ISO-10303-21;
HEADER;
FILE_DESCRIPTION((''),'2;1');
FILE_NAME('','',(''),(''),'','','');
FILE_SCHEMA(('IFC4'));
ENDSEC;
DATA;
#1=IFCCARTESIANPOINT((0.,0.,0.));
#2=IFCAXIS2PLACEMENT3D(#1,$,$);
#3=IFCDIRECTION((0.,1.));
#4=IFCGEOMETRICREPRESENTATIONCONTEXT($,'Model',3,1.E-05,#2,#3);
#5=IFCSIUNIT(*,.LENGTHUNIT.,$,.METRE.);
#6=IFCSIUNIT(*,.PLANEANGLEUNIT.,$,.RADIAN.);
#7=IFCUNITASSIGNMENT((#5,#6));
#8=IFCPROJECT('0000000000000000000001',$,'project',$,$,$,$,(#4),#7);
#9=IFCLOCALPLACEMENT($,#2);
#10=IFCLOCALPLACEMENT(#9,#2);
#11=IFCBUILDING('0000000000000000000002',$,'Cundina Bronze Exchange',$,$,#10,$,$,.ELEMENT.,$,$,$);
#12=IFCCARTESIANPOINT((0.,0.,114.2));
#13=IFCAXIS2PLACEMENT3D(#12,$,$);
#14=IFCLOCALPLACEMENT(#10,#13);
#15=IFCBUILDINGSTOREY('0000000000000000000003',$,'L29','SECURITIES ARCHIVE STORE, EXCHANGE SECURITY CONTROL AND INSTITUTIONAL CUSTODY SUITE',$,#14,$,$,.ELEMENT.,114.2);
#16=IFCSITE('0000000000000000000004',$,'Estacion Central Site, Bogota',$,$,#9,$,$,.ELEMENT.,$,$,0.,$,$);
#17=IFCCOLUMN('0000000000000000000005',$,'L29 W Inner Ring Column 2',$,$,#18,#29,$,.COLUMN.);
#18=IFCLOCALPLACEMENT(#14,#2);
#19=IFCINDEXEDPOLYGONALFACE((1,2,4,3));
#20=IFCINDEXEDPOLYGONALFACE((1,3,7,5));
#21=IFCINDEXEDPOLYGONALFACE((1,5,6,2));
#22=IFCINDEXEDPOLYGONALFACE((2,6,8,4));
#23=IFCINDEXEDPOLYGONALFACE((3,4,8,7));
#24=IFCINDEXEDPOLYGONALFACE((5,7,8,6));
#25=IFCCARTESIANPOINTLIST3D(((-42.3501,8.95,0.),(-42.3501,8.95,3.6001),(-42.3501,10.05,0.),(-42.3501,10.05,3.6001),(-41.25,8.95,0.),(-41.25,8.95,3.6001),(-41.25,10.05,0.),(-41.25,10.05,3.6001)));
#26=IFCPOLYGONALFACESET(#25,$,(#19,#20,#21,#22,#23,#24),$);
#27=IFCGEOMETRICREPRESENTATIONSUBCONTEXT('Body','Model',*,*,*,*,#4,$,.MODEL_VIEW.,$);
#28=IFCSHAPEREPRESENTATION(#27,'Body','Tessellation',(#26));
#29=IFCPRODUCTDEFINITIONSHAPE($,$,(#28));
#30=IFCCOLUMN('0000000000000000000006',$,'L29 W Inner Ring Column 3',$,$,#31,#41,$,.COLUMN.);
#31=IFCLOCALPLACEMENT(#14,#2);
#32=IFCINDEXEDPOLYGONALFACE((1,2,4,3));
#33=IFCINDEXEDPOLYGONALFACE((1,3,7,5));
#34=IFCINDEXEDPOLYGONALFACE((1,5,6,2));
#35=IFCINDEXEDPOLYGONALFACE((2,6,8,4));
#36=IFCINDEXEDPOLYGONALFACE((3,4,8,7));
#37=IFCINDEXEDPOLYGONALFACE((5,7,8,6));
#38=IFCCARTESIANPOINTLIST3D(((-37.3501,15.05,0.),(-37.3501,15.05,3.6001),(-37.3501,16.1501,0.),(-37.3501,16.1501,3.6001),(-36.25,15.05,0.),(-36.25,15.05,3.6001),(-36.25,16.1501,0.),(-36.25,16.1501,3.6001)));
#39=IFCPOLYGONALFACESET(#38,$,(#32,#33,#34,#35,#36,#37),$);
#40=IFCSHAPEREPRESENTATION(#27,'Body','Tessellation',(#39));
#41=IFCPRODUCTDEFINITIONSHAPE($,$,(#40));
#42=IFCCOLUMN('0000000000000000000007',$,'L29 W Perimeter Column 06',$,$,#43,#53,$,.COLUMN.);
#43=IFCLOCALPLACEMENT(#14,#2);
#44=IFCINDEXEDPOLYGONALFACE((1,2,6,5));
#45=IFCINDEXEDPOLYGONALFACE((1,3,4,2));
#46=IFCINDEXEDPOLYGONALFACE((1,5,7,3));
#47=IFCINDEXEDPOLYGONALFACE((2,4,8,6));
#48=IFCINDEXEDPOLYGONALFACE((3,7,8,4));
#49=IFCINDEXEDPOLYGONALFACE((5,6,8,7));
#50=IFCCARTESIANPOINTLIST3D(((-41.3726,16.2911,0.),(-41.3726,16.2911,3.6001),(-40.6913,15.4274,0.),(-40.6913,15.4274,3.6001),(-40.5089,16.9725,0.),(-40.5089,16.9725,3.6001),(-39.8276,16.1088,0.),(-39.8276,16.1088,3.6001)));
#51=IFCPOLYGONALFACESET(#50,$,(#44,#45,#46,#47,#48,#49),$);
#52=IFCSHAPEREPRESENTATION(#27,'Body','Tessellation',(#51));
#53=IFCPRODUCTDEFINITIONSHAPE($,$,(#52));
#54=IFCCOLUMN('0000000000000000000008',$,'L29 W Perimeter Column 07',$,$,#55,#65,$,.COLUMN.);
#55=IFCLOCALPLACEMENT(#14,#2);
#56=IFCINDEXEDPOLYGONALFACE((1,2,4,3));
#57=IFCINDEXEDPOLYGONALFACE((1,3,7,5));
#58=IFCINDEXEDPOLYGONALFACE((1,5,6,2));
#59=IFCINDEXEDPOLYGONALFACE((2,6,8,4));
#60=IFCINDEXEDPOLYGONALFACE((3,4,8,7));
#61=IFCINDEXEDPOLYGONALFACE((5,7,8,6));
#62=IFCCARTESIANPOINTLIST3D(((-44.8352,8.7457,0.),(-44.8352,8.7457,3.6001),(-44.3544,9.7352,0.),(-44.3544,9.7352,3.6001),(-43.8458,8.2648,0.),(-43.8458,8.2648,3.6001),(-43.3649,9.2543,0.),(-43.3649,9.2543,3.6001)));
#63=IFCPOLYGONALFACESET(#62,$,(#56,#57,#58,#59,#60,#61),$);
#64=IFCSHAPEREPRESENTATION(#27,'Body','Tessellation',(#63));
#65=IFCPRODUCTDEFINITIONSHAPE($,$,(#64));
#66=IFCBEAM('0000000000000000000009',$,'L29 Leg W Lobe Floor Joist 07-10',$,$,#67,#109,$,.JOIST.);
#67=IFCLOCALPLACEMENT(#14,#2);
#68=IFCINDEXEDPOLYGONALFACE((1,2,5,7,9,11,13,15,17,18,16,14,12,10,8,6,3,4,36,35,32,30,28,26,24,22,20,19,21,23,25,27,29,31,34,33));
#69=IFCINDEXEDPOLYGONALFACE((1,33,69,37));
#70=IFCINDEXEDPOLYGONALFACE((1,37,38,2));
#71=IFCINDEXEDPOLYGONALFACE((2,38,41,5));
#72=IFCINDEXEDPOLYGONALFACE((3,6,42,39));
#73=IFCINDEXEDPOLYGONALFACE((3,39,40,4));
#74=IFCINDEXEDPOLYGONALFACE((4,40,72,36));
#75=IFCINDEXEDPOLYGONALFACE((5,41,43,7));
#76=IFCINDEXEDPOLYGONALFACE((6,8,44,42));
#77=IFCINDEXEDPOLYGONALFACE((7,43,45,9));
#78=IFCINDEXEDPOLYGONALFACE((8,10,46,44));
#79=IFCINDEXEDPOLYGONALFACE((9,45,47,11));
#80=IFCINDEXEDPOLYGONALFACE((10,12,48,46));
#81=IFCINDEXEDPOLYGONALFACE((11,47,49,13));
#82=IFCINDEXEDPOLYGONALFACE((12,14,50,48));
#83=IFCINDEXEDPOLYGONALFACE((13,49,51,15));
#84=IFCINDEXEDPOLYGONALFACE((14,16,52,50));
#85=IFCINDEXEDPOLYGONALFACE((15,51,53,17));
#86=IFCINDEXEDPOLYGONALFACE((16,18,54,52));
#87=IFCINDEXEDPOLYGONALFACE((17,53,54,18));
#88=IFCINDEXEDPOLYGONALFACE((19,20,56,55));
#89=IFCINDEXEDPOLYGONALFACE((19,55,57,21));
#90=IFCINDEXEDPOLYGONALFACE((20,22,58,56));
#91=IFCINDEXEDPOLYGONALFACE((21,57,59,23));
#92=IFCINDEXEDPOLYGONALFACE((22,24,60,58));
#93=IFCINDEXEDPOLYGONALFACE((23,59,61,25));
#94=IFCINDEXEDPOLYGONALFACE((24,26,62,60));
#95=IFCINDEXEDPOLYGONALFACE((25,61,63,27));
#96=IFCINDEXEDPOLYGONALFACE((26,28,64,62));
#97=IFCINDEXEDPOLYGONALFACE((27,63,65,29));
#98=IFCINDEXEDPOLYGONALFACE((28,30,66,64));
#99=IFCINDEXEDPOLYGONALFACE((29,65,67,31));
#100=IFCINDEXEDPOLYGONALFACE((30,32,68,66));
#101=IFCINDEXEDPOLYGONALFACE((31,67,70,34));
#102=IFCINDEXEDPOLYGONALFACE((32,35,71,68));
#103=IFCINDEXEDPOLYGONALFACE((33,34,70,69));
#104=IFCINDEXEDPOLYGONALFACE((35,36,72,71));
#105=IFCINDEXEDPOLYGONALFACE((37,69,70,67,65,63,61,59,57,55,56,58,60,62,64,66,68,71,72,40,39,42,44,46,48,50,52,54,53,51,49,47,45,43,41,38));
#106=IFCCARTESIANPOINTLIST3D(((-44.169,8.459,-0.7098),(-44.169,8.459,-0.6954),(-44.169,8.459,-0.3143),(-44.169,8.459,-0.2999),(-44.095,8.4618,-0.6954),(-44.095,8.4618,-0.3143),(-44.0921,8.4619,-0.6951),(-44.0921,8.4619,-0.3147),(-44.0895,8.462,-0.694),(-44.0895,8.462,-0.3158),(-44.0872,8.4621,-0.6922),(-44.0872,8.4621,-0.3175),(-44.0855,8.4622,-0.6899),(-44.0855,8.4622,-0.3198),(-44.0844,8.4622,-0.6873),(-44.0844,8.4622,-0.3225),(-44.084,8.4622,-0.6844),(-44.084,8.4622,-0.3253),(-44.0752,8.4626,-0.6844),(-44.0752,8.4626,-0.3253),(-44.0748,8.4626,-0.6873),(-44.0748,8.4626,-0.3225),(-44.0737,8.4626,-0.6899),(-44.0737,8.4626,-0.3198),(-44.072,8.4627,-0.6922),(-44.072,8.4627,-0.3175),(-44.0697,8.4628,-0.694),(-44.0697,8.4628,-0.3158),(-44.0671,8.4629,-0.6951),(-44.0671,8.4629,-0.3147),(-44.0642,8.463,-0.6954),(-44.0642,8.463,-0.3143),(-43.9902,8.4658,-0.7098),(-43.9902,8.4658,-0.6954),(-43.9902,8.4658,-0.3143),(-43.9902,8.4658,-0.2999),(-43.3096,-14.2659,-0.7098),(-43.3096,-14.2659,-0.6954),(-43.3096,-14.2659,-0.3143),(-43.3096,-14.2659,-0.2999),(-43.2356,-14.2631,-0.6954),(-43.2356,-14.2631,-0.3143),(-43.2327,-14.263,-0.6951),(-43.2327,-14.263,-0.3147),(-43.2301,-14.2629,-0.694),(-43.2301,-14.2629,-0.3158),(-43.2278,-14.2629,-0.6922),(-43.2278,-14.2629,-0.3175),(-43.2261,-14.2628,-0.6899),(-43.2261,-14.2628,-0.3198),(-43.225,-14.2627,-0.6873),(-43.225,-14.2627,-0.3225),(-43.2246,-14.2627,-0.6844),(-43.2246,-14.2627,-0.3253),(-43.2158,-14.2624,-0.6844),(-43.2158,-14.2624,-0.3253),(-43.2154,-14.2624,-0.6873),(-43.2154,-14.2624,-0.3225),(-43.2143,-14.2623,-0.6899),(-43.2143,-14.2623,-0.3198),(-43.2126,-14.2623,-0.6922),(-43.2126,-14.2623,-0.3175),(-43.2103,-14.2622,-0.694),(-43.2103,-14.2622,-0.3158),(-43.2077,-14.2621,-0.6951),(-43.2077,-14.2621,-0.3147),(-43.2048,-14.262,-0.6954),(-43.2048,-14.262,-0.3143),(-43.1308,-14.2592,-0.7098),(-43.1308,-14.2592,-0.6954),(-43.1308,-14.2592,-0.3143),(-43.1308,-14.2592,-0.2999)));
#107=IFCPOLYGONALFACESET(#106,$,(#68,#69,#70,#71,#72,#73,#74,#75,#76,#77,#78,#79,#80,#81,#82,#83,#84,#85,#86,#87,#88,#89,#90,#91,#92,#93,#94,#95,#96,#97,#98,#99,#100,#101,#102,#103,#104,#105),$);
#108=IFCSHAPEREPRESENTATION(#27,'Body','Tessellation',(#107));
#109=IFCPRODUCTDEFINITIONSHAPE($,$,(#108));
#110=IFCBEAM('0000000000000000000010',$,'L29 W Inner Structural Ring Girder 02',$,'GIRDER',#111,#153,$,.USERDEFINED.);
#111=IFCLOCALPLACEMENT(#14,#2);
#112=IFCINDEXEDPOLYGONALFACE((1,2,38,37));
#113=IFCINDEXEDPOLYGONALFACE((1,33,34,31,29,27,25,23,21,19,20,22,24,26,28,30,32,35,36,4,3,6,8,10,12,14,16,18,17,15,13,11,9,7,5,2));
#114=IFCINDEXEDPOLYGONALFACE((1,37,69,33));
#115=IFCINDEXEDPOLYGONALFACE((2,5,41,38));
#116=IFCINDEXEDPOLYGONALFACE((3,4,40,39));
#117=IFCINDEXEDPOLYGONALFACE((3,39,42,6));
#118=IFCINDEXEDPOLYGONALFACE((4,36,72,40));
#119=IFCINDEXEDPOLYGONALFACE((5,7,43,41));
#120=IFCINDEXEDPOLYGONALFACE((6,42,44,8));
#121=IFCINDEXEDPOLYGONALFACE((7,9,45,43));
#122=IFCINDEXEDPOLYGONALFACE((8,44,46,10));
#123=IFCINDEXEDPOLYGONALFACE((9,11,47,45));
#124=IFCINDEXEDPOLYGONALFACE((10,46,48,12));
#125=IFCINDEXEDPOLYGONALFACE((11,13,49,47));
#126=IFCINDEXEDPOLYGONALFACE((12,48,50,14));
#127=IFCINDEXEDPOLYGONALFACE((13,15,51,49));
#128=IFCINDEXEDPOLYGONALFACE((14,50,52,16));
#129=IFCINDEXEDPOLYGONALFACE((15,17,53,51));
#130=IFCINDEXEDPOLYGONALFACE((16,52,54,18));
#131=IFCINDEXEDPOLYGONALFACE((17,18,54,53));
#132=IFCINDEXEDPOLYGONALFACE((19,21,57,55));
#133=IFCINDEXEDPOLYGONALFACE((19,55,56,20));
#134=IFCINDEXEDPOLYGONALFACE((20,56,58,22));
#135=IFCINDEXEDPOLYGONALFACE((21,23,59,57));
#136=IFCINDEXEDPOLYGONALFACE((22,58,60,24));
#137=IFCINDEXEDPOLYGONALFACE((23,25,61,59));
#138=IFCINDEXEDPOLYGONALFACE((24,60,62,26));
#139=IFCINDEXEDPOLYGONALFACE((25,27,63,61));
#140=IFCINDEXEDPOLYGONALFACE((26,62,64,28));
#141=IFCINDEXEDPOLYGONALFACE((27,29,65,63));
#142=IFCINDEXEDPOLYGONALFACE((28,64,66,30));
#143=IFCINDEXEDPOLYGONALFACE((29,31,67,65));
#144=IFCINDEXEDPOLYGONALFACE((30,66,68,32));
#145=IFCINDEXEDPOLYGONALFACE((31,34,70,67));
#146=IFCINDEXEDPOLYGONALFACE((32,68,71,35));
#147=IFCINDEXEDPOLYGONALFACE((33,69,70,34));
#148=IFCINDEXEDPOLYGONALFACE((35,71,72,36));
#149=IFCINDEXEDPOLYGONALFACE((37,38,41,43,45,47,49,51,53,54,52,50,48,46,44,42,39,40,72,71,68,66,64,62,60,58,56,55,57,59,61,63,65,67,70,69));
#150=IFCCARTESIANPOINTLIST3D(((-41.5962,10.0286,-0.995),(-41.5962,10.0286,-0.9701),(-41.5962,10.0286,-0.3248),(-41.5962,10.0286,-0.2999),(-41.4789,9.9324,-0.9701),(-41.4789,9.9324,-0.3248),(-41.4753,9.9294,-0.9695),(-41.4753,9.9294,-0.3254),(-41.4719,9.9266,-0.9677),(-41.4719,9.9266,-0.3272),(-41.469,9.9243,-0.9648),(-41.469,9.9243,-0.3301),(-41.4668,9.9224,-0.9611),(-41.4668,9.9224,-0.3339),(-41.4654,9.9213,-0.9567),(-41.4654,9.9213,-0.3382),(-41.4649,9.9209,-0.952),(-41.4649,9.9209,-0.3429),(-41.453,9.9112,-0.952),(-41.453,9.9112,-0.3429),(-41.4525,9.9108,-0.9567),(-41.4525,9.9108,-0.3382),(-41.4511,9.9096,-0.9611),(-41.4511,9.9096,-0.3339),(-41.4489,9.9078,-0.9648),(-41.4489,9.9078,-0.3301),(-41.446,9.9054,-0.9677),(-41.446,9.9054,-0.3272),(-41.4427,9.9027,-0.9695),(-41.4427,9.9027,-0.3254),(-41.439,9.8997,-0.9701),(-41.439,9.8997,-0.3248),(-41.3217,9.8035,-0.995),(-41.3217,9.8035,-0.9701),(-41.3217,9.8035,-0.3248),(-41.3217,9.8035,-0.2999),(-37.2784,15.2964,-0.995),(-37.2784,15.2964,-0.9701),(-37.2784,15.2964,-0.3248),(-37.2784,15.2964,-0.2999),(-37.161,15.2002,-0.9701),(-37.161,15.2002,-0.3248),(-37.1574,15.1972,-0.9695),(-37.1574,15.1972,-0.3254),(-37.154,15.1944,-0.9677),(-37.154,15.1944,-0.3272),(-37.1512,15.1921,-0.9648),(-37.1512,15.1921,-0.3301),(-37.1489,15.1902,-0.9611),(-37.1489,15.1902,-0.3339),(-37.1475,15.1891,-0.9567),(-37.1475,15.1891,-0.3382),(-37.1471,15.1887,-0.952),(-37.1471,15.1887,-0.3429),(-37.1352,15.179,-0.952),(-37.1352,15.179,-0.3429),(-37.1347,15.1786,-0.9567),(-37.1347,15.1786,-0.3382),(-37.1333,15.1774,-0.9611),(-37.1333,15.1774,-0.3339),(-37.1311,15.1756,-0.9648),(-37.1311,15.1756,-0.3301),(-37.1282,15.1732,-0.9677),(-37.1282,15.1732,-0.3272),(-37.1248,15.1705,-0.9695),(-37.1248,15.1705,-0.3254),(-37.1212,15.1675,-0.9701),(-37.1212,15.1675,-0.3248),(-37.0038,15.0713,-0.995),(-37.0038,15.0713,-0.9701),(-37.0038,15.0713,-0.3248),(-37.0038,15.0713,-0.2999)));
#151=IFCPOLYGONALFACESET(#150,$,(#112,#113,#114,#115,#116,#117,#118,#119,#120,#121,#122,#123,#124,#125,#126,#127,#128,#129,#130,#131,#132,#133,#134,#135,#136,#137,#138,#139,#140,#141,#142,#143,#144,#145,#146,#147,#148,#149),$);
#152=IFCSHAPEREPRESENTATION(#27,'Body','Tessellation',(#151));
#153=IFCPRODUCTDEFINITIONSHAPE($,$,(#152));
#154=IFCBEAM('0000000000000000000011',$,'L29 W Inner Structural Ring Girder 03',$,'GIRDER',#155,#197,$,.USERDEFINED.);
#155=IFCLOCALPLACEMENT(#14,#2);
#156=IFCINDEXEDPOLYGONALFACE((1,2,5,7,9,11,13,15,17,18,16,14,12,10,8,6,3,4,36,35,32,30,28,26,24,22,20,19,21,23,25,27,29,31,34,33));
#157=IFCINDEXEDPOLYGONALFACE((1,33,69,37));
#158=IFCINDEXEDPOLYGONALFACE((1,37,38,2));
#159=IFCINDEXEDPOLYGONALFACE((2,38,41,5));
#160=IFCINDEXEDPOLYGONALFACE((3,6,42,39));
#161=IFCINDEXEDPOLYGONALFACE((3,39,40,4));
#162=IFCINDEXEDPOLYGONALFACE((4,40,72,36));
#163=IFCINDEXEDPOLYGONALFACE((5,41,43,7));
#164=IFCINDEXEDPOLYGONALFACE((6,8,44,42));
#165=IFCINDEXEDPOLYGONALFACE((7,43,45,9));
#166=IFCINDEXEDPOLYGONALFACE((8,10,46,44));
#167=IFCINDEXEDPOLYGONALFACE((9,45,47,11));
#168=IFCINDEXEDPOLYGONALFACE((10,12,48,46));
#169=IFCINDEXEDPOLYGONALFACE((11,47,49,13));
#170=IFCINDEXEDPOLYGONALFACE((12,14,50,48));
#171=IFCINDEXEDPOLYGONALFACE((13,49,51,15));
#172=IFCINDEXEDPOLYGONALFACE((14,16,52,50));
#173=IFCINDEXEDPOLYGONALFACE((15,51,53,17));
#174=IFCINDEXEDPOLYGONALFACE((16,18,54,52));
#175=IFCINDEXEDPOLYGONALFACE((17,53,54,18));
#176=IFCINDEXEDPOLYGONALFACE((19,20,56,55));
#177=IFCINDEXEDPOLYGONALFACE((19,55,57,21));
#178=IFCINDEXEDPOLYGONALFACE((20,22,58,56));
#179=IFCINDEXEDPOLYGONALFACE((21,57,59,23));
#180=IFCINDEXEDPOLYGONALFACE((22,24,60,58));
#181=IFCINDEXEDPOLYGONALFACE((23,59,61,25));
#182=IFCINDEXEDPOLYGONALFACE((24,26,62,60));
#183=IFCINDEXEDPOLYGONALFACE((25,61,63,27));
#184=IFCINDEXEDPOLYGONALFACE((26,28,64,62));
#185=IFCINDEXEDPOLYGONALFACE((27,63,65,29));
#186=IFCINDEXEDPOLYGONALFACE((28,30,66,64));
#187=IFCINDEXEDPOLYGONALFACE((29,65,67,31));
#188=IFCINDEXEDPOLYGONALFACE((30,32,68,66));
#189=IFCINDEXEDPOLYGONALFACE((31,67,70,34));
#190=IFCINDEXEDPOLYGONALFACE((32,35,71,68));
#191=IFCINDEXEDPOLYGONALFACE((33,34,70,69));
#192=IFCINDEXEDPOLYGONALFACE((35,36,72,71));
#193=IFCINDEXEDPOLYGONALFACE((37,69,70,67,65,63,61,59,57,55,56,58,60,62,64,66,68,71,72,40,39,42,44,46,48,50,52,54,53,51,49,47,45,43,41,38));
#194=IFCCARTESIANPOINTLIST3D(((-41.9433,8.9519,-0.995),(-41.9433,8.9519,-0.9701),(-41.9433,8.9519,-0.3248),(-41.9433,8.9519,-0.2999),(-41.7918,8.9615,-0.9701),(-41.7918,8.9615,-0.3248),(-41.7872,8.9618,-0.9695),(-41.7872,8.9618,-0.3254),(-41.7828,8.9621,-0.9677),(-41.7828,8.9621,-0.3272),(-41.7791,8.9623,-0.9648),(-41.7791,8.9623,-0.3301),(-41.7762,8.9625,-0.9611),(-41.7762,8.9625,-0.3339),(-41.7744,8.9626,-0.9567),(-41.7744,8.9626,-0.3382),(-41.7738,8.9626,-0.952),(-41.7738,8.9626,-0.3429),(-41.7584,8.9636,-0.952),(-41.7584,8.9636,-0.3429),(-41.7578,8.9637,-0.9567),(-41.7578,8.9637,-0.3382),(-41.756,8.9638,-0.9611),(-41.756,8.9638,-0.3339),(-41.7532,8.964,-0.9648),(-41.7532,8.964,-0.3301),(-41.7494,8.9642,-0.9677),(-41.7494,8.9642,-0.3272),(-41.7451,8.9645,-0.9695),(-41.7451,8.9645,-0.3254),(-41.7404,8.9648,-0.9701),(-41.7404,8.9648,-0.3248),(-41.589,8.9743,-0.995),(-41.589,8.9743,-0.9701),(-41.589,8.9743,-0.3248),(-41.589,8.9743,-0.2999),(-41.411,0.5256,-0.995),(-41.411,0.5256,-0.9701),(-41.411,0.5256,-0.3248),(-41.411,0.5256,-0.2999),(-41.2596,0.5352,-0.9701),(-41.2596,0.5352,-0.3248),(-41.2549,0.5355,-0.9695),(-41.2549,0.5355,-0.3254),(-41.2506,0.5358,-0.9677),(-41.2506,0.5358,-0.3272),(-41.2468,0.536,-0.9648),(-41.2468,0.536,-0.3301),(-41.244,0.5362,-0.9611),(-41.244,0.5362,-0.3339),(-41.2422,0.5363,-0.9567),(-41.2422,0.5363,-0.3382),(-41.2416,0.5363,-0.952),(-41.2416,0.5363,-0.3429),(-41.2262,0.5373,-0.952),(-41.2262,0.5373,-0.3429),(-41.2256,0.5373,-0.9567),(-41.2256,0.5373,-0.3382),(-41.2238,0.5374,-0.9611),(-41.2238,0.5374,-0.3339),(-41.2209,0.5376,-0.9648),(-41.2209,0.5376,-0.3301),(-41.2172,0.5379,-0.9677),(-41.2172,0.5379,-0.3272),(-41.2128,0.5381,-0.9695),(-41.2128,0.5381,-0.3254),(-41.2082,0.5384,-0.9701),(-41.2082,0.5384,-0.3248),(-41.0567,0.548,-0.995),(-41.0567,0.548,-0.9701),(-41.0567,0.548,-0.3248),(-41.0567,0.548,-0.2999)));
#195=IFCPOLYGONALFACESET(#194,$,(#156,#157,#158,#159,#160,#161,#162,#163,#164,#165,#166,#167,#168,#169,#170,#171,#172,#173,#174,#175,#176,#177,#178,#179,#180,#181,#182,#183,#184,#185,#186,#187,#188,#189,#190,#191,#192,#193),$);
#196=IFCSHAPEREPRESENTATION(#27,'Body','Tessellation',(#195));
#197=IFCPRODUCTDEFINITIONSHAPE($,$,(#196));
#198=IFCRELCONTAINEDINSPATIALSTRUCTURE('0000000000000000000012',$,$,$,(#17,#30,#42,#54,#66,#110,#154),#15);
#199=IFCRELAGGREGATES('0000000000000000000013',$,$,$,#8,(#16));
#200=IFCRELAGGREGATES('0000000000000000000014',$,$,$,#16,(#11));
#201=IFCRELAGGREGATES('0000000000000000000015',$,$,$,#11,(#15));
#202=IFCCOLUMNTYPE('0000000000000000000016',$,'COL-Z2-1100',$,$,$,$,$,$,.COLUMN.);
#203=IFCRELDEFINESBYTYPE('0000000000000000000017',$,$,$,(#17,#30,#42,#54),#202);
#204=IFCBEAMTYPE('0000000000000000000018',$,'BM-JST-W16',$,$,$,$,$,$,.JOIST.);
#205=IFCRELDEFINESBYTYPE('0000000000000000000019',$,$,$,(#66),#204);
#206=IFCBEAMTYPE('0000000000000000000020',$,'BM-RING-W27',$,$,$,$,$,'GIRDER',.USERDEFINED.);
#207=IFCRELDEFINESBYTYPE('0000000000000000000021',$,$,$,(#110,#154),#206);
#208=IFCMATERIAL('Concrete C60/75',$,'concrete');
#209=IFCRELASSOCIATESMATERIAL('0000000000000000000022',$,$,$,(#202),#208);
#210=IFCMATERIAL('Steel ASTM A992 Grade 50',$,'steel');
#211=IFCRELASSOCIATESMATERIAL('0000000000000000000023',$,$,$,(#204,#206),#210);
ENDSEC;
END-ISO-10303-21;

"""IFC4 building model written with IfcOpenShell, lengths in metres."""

from ifc_helpers import new_model, si_unit, direction, frame, origin, origin_2d, place, context, subcontext, project, spatial, rectangle, i_section, extrude, material, material_profile, profile_set, type_object, element, save


model = new_model("IFC4")

# Units and contexts
model_context = context("Model", 3, precision=1e-05, world=origin(), true_north=direction((0.0, 1.0)))
body_context = subcontext(model_context, "Body", "Model", "MODEL_VIEW")
ifc_project = project(units=[si_unit("LENGTHUNIT", "METRE"), si_unit("PLANEANGLEUNIT", "RADIAN")], contexts=[model_context])

# Site, building, storey
site_placement = place(None, origin())
site = spatial("IfcSite", under=ifc_project, at=site_placement, Name="Estacion Central Site, Bogota", CompositionType="ELEMENT", RefElevation=0.0)
building_placement = place(site_placement, origin())
building = spatial("IfcBuilding", under=site, at=building_placement, Name="Cundina Bronze Exchange", CompositionType="ELEMENT")
storey_placement = place(building_placement, frame((0.0, 0.0, 114.2)))
storey = spatial("IfcBuildingStorey", under=building, at=storey_placement, Name="L29", Description="SECURITIES ARCHIVE STORE, EXCHANGE SECURITY CONTROL AND INSTITUTIONAL CUSTODY SUITE", CompositionType="ELEMENT", Elevation=114.2)

# Columns
ifc_material_1 = material(Name="Concrete C60/75", Category="concrete")
ifc_material_profile_1 = material_profile(ifc_material_1, rectangle(XDim=1.1001, YDim=1.1001, at=origin_2d()), Name="RC1100X1100", Category="concrete")
ifc_profile_set_1 = profile_set([ifc_material_profile_1], Name="Concrete C60/75")
column_type = type_object("IfcColumnType", Name="COL-Z2-1100", PredefinedType="COLUMN", material=ifc_profile_set_1)
for number, where, z_axis, x_axis, name in (
    (1, (-41.8, 9.5, 0.0), (0.0, 0.0, 1.0), (1.0, 0.0, 0.0), "L29 W Inner Ring Column 2"),
    (2, (-36.8, 15.6001, 0.0), (0.0, 0.0, 1.0), (1.0, 0.0, 0.0), "L29 W Inner Ring Column 3"),
    (3, (-40.6001, 16.2, 0.0), (0.0, 0.0, 1.0), (-0.785101, -0.619368, 0.0), "L29 W Perimeter Column 06"),
    (4, (-44.1001, 9.0, 0.0), (0.0, 0.0, 1.0), (-0.437116, -0.899405, 0.0), "L29 W Perimeter Column 07"),
):
    element("IfcColumn", number, at=place(storey_placement, frame(where, z_axis=z_axis, x_axis=x_axis)), inside=storey, type_object=column_type, Name=name, PredefinedType="COLUMN", context=body_context, shape_type="SweptSolid", body=[
        extrude(rectangle(XDim=1.1001, YDim=1.1001, at=origin_2d()), origin(), (0.0, 0.0, 1.0), 3.6001),
    ])

# Beams
ifc_material_2 = material(Name="Steel ASTM A992 Grade 50", Category="steel")
ifc_material_profile_2 = material_profile(ifc_material_2, i_section(OverallWidth=0.179, OverallDepth=0.4099, WebThickness=0.0088, FlangeThickness=0.0144, FilletRadius=0.011, at=origin_2d()), Name="W16X45", Category="steel")
ifc_profile_set_2 = profile_set([ifc_material_profile_2], Name="Steel ASTM A992 Grade 50")
beam_type_1 = type_object("IfcBeamType", Name="BM-JST-W16", PredefinedType="JOIST", material=ifc_profile_set_2)
beam_1_placement = place(storey_placement, frame((-44.0796, 8.4624, -0.5049), z_axis=(0.03779, -0.999286, 0.0), x_axis=(0.999286, 0.03779, 0.0)))
element("IfcBeam", 5, at=beam_1_placement, inside=storey, type_object=beam_type_1, Name="L29 Leg W Lobe Floor Joist 07-10", PredefinedType="JOIST", context=body_context, shape_type="SweptSolid", body=[
    extrude(i_section(OverallWidth=0.179, OverallDepth=0.4099, WebThickness=0.0088, FlangeThickness=0.0144, FilletRadius=0.011, at=origin_2d()), origin(), (0.0, 0.0, 1.0), 22.7412),
])
ifc_material_profile_3 = material_profile(ifc_material_2, i_section(OverallWidth=0.355, OverallDepth=0.6951, WebThickness=0.0154, FlangeThickness=0.0249, FilletRadius=0.0181, at=origin_2d()), Name="W27X146", Category="steel")
ifc_profile_set_3 = profile_set([ifc_material_profile_3], Name="Steel ASTM A992 Grade 50")
beam_type_2 = type_object("IfcBeamType", Name="BM-RING-W27", ElementType="GIRDER", PredefinedType="USERDEFINED", material=ifc_profile_set_3)
beam_2_placement = place(storey_placement, frame((-37.1411, 15.1838, -0.6475), z_axis=(-0.633927, -0.773393, 0.0), x_axis=(0.773393, -0.633927, 0.0)))
element("IfcBeam", 6, at=beam_2_placement, inside=storey, type_object=beam_type_2, Name="L29 W Inner Structural Ring Girder 02", ObjectType="GIRDER", PredefinedType="USERDEFINED", context=body_context, shape_type="SweptSolid", body=[
    extrude(i_section(OverallWidth=0.355, OverallDepth=0.6951, WebThickness=0.0154, FlangeThickness=0.0249, FilletRadius=0.0181, at=origin_2d()), origin(), (0.0, 0.0, 1.0), 6.8113),
])
beam_3_placement = place(storey_placement, frame((-41.7661, 8.9631, -0.6475), z_axis=(0.063037, -0.998011, 0.0), x_axis=(0.998011, 0.063037, 0.0)))
element("IfcBeam", 7, at=beam_3_placement, inside=storey, type_object=beam_type_2, Name="L29 W Inner Structural Ring Girder 03", ObjectType="GIRDER", PredefinedType="USERDEFINED", context=body_context, shape_type="SweptSolid", body=[
    extrude(i_section(OverallWidth=0.355, OverallDepth=0.6951, WebThickness=0.0154, FlangeThickness=0.0249, FilletRadius=0.0181, at=origin_2d()), origin(), (0.0, 0.0, 1.0), 8.4431),
])

save(model, "model.ifc")
